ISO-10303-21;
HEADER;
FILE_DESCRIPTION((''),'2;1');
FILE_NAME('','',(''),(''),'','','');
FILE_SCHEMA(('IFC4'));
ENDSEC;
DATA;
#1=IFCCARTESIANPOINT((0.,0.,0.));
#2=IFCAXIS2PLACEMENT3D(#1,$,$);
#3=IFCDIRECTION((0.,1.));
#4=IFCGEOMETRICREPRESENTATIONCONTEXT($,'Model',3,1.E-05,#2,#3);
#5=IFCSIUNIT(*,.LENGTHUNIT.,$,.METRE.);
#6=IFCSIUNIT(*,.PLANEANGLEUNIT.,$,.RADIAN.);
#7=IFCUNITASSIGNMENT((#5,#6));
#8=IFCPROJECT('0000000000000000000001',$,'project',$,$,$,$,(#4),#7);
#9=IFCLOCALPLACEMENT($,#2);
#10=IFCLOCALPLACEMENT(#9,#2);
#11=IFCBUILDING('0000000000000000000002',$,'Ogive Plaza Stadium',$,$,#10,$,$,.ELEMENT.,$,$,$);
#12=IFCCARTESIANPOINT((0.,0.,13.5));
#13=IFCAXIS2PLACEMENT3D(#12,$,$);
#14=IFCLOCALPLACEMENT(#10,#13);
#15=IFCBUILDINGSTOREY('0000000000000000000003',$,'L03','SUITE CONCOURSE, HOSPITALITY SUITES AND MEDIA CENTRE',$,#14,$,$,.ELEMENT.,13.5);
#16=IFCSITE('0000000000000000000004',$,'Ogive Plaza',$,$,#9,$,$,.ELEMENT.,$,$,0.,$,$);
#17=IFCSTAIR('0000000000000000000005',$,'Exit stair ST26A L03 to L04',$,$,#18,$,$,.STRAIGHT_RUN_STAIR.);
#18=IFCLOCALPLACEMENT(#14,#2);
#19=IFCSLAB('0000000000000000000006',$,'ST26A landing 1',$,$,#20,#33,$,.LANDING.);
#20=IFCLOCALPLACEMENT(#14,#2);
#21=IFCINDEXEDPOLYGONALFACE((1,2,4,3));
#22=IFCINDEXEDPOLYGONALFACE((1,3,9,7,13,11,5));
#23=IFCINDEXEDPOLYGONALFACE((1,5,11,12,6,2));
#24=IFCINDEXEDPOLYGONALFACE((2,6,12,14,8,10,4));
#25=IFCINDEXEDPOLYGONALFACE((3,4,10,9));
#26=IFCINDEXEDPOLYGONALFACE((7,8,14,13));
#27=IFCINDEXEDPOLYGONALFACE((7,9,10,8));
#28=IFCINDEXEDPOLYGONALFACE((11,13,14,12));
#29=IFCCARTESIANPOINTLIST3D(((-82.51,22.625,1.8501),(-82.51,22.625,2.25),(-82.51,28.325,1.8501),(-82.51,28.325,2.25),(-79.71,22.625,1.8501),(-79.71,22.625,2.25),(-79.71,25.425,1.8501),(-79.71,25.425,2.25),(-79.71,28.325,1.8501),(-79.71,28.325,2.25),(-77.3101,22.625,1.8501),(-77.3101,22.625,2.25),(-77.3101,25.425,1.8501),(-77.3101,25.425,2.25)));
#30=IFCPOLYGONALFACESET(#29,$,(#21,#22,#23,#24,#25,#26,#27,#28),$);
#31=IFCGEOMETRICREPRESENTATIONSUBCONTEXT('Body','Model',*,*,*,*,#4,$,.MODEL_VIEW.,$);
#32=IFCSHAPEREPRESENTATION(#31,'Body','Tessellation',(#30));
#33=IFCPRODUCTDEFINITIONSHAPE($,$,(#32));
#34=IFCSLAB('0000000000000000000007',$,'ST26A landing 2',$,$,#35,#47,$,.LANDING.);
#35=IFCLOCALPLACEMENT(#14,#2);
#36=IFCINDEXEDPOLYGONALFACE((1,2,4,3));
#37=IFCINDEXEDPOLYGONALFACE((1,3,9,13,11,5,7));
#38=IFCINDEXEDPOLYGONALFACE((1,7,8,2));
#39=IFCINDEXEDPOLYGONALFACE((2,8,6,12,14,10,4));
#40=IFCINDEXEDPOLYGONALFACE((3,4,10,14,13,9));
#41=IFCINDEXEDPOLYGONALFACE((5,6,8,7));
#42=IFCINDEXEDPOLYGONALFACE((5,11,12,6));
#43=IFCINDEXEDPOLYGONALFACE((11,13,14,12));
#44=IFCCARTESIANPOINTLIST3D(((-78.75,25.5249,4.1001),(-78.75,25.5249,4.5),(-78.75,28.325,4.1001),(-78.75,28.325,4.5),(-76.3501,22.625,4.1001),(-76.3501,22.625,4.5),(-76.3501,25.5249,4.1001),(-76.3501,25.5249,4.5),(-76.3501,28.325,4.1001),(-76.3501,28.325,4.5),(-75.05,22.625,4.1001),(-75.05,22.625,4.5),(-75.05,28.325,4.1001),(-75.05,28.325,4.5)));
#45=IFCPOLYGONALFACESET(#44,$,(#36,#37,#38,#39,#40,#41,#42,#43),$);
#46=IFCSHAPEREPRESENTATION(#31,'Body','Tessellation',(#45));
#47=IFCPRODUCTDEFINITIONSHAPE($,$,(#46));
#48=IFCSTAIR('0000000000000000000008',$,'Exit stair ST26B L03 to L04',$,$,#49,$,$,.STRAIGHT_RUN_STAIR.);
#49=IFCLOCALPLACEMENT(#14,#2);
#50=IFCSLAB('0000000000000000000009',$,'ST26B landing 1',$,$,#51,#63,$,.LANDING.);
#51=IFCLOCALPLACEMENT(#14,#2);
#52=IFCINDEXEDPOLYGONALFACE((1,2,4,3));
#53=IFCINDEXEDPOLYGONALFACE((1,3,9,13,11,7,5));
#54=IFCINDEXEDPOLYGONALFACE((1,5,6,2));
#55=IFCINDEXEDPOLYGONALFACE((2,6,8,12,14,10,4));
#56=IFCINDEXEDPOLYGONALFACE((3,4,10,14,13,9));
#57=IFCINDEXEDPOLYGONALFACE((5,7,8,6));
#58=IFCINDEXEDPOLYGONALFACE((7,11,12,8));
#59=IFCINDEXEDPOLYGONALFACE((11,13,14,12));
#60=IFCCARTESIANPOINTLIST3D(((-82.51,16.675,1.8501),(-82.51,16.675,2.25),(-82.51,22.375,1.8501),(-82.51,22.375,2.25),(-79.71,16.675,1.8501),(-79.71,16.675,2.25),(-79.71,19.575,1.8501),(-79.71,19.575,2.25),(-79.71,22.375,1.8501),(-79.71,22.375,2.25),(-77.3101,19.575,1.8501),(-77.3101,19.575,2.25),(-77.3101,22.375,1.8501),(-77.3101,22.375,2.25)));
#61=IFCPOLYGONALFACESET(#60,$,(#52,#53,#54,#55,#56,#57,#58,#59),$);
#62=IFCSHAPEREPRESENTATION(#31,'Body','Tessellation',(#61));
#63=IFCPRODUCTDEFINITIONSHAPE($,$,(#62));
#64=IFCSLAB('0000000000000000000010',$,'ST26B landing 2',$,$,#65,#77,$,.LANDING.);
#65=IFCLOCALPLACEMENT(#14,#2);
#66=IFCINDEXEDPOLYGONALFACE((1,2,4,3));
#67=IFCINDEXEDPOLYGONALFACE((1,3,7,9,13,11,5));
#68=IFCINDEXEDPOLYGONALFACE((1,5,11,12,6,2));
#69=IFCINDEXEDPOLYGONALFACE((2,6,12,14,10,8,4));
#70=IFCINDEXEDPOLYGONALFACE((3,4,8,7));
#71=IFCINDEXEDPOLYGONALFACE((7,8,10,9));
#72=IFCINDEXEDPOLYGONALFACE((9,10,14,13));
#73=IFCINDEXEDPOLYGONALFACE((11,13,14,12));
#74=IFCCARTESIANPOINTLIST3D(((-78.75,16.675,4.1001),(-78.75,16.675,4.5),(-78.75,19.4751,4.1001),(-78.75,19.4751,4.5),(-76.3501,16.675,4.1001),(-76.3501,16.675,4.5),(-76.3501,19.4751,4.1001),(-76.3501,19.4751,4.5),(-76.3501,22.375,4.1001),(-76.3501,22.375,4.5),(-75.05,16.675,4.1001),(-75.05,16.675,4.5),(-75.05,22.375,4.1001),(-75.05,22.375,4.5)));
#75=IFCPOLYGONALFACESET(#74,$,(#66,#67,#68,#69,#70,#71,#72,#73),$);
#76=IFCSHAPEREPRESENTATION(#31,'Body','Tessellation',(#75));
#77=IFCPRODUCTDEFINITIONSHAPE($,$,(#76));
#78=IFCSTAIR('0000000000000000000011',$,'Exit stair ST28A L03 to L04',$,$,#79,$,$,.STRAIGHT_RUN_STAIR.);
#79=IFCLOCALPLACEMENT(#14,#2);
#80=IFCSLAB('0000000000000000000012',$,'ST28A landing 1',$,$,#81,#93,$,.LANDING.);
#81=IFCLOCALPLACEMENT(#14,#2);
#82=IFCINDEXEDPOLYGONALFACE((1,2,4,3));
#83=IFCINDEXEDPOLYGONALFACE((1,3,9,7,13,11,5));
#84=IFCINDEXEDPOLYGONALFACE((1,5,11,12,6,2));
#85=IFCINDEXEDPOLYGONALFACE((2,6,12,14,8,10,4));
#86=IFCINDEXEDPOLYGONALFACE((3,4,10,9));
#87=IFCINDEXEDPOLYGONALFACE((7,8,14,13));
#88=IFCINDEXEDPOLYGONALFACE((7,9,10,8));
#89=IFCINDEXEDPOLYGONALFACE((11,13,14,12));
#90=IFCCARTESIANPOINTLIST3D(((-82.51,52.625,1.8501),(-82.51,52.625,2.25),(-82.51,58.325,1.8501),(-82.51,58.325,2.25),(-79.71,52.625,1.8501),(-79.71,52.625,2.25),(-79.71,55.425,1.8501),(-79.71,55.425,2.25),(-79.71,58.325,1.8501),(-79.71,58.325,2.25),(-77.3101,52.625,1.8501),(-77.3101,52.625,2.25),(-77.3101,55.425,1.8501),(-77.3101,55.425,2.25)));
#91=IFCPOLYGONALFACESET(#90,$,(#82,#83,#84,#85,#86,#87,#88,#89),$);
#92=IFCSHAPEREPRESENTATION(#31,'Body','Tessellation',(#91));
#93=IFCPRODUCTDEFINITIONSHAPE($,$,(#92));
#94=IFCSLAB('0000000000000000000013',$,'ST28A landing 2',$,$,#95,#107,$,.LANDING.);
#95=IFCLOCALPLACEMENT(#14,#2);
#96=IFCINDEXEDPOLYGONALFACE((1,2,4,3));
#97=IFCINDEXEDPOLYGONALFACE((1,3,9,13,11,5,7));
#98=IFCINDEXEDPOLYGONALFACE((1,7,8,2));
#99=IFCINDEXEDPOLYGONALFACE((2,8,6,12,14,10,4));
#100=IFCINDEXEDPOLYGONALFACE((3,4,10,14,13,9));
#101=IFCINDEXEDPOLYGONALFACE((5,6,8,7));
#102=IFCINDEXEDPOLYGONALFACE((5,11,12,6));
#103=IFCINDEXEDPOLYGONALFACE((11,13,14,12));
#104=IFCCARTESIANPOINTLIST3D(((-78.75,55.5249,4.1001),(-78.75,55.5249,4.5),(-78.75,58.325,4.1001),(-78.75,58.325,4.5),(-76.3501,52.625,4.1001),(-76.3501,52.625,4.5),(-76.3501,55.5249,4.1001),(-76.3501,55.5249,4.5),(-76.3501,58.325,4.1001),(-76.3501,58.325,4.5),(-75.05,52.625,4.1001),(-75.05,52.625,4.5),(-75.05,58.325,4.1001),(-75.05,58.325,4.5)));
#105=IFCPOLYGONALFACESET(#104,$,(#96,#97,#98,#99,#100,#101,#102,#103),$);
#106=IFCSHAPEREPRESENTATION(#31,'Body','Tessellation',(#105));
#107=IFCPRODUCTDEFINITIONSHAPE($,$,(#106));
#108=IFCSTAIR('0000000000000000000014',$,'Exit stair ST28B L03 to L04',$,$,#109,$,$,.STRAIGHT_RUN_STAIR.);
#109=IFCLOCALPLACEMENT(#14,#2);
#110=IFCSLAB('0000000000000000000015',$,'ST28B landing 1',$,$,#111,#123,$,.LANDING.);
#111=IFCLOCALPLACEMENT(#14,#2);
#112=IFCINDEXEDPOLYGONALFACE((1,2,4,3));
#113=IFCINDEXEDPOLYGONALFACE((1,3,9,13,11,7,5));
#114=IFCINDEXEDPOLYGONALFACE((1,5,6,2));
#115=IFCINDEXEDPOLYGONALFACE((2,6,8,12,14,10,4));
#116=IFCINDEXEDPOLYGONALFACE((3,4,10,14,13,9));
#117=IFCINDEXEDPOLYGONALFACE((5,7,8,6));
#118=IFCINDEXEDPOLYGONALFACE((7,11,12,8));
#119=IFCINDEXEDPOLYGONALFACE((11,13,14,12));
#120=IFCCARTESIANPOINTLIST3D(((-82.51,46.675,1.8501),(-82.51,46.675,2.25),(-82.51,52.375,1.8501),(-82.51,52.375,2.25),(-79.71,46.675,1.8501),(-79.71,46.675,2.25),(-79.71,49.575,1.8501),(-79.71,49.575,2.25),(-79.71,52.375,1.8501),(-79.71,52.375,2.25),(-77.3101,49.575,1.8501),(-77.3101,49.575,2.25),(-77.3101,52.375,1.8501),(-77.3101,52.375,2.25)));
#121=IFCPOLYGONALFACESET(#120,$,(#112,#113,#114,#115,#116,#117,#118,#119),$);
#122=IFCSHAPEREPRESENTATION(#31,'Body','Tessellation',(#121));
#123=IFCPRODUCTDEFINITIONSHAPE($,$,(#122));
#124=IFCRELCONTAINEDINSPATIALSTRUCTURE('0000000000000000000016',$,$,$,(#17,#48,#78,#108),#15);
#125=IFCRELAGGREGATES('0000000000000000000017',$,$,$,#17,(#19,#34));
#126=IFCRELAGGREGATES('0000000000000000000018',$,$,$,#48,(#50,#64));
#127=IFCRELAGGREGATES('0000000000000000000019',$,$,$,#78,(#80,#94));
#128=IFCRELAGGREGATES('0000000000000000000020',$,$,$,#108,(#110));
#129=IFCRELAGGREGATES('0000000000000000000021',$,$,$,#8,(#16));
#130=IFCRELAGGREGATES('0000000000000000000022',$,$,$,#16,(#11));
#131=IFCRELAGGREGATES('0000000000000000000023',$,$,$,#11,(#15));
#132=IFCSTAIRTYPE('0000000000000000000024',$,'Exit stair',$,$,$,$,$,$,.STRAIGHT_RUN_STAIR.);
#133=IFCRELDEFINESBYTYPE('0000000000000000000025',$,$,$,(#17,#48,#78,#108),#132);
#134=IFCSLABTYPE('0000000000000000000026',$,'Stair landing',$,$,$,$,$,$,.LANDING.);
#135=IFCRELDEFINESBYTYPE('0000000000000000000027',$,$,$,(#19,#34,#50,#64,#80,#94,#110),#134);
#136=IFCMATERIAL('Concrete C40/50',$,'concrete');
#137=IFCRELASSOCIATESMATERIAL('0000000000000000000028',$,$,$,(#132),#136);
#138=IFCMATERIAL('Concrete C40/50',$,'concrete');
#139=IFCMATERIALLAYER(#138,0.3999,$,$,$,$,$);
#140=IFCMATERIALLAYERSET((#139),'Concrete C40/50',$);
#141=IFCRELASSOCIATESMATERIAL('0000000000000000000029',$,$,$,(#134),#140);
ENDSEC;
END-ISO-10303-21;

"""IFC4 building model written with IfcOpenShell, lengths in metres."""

from ifc_helpers import new_model, si_unit, direction, frame, origin, place, context, subcontext, project, spatial, polyline, outline, extrude, material, layer, layer_set, type_object, element, aggregate, save


model = new_model("IFC4")

# Units and contexts
model_context = context("Model", 3, precision=1e-05, world=origin(), true_north=direction((0.0, 1.0)))
body_context = subcontext(model_context, "Body", "Model", "MODEL_VIEW")
ifc_project = project(units=[si_unit("LENGTHUNIT", "METRE"), si_unit("PLANEANGLEUNIT", "RADIAN")], contexts=[model_context])

# Site, building, storey
site_placement = place(None, origin())
site = spatial("IfcSite", under=ifc_project, at=site_placement, Name="Ogive Plaza", CompositionType="ELEMENT", RefElevation=0.0)
building_placement = place(site_placement, origin())
building = spatial("IfcBuilding", under=site, at=building_placement, Name="Ogive Plaza Stadium", CompositionType="ELEMENT")
storey_placement = place(building_placement, frame((0.0, 0.0, 13.5)))
storey = spatial("IfcBuildingStorey", under=building, at=storey_placement, Name="L03", Description="SUITE CONCOURSE, HOSPITALITY SUITES AND MEDIA CENTRE", CompositionType="ELEMENT", Elevation=13.5)

# Stairs, slabs
ifc_material_1 = material(Name="Concrete C40/50", Category="concrete")
stair_type = type_object("IfcStairType", Name="Exit stair", PredefinedType="STRAIGHT_RUN_STAIR", material=ifc_material_1)
ifc_material_2 = material(Name="Concrete C40/50", Category="concrete")
ifc_layer = layer(ifc_material_2, 0.3999)
ifc_layer_set = layer_set([ifc_layer], Name="Concrete C40/50")
slab_type = type_object("IfcSlabType", Name="Stair landing", PredefinedType="LANDING", material=ifc_layer_set)
stair_1_placement = place(storey_placement, origin())
stair_1 = element("IfcStair", 1, at=stair_1_placement, inside=storey, type_object=stair_type, Name="Exit stair ST26A L03 to L04", PredefinedType="STRAIGHT_RUN_STAIR")
slab_1_placement = place(storey_placement, frame((0.0, 0.0, 1.8501)))
slab_1 = element("IfcSlab", 2, at=slab_1_placement, type_object=slab_type, Name="ST26A landing 1", PredefinedType="LANDING", context=body_context, shape_type="SweptSolid", body=[
    extrude(outline(polyline([(-82.51, 22.625), (-82.51, 28.325), (-79.71, 28.325), (-79.71, 25.425), (-77.3101, 25.425), (-77.3101, 22.625), (-79.71, 22.625), (-82.51, 22.625)])), origin(), (0.0, 0.0, 1.0), 0.3999),
])
slab_2_placement = place(storey_placement, frame((0.0, 0.0, 4.1001)))
slab_2 = element("IfcSlab", 3, at=slab_2_placement, type_object=slab_type, Name="ST26A landing 2", PredefinedType="LANDING", context=body_context, shape_type="SweptSolid", body=[
    extrude(outline(polyline([(-78.75, 25.5249), (-78.75, 28.325), (-76.3501, 28.325), (-75.05, 28.325), (-75.05, 22.625), (-76.3501, 22.625), (-76.3501, 25.5249), (-78.75, 25.5249)])), origin(), (0.0, 0.0, 1.0), 0.3999),
])
aggregate(stair_1, [slab_1, slab_2])
stair_2_placement = place(storey_placement, origin())
stair_2 = element("IfcStair", 4, at=stair_2_placement, inside=storey, type_object=stair_type, Name="Exit stair ST26B L03 to L04", PredefinedType="STRAIGHT_RUN_STAIR")
slab_3_placement = place(storey_placement, frame((0.0, 0.0, 1.8501)))
slab_3 = element("IfcSlab", 5, at=slab_3_placement, type_object=slab_type, Name="ST26B landing 1", PredefinedType="LANDING", context=body_context, shape_type="SweptSolid", body=[
    extrude(outline(polyline([(-77.3101, 22.375), (-77.3101, 19.575), (-79.71, 19.575), (-79.71, 16.675), (-82.51, 16.675), (-82.51, 22.375), (-79.71, 22.375), (-77.3101, 22.375)])), origin(), (0.0, 0.0, 1.0), 0.3999),
])
slab_4_placement = place(storey_placement, frame((0.0, 0.0, 4.1001)))
slab_4 = element("IfcSlab", 6, at=slab_4_placement, type_object=slab_type, Name="ST26B landing 2", PredefinedType="LANDING", context=body_context, shape_type="SweptSolid", body=[
    extrude(outline(polyline([(-76.3501, 22.375), (-75.05, 22.375), (-75.05, 16.675), (-76.3501, 16.675), (-78.75, 16.675), (-78.75, 19.4751), (-76.3501, 19.4751), (-76.3501, 22.375)])), origin(), (0.0, 0.0, 1.0), 0.3999),
])
aggregate(stair_2, [slab_3, slab_4])
stair_3_placement = place(storey_placement, origin())
stair_3 = element("IfcStair", 7, at=stair_3_placement, inside=storey, type_object=stair_type, Name="Exit stair ST28A L03 to L04", PredefinedType="STRAIGHT_RUN_STAIR")
slab_5_placement = place(storey_placement, frame((0.0, 0.0, 1.8501)))
slab_5 = element("IfcSlab", 8, at=slab_5_placement, type_object=slab_type, Name="ST28A landing 1", PredefinedType="LANDING", context=body_context, shape_type="SweptSolid", body=[
    extrude(outline(polyline([(-82.51, 52.625), (-82.51, 58.325), (-79.71, 58.325), (-79.71, 55.425), (-77.3101, 55.425), (-77.3101, 52.625), (-79.71, 52.625), (-82.51, 52.625)])), origin(), (0.0, 0.0, 1.0), 0.3999),
])
slab_6_placement = place(storey_placement, frame((0.0, 0.0, 4.1001)))
slab_6 = element("IfcSlab", 9, at=slab_6_placement, type_object=slab_type, Name="ST28A landing 2", PredefinedType="LANDING", context=body_context, shape_type="SweptSolid", body=[
    extrude(outline(polyline([(-78.75, 55.5249), (-78.75, 58.325), (-76.3501, 58.325), (-75.05, 58.325), (-75.05, 52.625), (-76.3501, 52.625), (-76.3501, 55.5249), (-78.75, 55.5249)])), origin(), (0.0, 0.0, 1.0), 0.3999),
])
aggregate(stair_3, [slab_5, slab_6])

# Stair, slab
stair_4_placement = place(storey_placement, origin())
stair_4 = element("IfcStair", 10, at=stair_4_placement, inside=storey, type_object=stair_type, Name="Exit stair ST28B L03 to L04", PredefinedType="STRAIGHT_RUN_STAIR")
slab_7_placement = place(storey_placement, frame((0.0, 0.0, 1.8501)))
slab_7 = element("IfcSlab", 11, at=slab_7_placement, type_object=slab_type, Name="ST28B landing 1", PredefinedType="LANDING", context=body_context, shape_type="SweptSolid", body=[
    extrude(outline(polyline([(-77.3101, 52.375), (-77.3101, 49.575), (-79.71, 49.575), (-79.71, 46.675), (-82.51, 46.675), (-82.51, 52.375), (-79.71, 52.375), (-77.3101, 52.375)])), origin(), (0.0, 0.0, 1.0), 0.3999),
])
aggregate(stair_4, [slab_7])

save(model, "model.ifc")
